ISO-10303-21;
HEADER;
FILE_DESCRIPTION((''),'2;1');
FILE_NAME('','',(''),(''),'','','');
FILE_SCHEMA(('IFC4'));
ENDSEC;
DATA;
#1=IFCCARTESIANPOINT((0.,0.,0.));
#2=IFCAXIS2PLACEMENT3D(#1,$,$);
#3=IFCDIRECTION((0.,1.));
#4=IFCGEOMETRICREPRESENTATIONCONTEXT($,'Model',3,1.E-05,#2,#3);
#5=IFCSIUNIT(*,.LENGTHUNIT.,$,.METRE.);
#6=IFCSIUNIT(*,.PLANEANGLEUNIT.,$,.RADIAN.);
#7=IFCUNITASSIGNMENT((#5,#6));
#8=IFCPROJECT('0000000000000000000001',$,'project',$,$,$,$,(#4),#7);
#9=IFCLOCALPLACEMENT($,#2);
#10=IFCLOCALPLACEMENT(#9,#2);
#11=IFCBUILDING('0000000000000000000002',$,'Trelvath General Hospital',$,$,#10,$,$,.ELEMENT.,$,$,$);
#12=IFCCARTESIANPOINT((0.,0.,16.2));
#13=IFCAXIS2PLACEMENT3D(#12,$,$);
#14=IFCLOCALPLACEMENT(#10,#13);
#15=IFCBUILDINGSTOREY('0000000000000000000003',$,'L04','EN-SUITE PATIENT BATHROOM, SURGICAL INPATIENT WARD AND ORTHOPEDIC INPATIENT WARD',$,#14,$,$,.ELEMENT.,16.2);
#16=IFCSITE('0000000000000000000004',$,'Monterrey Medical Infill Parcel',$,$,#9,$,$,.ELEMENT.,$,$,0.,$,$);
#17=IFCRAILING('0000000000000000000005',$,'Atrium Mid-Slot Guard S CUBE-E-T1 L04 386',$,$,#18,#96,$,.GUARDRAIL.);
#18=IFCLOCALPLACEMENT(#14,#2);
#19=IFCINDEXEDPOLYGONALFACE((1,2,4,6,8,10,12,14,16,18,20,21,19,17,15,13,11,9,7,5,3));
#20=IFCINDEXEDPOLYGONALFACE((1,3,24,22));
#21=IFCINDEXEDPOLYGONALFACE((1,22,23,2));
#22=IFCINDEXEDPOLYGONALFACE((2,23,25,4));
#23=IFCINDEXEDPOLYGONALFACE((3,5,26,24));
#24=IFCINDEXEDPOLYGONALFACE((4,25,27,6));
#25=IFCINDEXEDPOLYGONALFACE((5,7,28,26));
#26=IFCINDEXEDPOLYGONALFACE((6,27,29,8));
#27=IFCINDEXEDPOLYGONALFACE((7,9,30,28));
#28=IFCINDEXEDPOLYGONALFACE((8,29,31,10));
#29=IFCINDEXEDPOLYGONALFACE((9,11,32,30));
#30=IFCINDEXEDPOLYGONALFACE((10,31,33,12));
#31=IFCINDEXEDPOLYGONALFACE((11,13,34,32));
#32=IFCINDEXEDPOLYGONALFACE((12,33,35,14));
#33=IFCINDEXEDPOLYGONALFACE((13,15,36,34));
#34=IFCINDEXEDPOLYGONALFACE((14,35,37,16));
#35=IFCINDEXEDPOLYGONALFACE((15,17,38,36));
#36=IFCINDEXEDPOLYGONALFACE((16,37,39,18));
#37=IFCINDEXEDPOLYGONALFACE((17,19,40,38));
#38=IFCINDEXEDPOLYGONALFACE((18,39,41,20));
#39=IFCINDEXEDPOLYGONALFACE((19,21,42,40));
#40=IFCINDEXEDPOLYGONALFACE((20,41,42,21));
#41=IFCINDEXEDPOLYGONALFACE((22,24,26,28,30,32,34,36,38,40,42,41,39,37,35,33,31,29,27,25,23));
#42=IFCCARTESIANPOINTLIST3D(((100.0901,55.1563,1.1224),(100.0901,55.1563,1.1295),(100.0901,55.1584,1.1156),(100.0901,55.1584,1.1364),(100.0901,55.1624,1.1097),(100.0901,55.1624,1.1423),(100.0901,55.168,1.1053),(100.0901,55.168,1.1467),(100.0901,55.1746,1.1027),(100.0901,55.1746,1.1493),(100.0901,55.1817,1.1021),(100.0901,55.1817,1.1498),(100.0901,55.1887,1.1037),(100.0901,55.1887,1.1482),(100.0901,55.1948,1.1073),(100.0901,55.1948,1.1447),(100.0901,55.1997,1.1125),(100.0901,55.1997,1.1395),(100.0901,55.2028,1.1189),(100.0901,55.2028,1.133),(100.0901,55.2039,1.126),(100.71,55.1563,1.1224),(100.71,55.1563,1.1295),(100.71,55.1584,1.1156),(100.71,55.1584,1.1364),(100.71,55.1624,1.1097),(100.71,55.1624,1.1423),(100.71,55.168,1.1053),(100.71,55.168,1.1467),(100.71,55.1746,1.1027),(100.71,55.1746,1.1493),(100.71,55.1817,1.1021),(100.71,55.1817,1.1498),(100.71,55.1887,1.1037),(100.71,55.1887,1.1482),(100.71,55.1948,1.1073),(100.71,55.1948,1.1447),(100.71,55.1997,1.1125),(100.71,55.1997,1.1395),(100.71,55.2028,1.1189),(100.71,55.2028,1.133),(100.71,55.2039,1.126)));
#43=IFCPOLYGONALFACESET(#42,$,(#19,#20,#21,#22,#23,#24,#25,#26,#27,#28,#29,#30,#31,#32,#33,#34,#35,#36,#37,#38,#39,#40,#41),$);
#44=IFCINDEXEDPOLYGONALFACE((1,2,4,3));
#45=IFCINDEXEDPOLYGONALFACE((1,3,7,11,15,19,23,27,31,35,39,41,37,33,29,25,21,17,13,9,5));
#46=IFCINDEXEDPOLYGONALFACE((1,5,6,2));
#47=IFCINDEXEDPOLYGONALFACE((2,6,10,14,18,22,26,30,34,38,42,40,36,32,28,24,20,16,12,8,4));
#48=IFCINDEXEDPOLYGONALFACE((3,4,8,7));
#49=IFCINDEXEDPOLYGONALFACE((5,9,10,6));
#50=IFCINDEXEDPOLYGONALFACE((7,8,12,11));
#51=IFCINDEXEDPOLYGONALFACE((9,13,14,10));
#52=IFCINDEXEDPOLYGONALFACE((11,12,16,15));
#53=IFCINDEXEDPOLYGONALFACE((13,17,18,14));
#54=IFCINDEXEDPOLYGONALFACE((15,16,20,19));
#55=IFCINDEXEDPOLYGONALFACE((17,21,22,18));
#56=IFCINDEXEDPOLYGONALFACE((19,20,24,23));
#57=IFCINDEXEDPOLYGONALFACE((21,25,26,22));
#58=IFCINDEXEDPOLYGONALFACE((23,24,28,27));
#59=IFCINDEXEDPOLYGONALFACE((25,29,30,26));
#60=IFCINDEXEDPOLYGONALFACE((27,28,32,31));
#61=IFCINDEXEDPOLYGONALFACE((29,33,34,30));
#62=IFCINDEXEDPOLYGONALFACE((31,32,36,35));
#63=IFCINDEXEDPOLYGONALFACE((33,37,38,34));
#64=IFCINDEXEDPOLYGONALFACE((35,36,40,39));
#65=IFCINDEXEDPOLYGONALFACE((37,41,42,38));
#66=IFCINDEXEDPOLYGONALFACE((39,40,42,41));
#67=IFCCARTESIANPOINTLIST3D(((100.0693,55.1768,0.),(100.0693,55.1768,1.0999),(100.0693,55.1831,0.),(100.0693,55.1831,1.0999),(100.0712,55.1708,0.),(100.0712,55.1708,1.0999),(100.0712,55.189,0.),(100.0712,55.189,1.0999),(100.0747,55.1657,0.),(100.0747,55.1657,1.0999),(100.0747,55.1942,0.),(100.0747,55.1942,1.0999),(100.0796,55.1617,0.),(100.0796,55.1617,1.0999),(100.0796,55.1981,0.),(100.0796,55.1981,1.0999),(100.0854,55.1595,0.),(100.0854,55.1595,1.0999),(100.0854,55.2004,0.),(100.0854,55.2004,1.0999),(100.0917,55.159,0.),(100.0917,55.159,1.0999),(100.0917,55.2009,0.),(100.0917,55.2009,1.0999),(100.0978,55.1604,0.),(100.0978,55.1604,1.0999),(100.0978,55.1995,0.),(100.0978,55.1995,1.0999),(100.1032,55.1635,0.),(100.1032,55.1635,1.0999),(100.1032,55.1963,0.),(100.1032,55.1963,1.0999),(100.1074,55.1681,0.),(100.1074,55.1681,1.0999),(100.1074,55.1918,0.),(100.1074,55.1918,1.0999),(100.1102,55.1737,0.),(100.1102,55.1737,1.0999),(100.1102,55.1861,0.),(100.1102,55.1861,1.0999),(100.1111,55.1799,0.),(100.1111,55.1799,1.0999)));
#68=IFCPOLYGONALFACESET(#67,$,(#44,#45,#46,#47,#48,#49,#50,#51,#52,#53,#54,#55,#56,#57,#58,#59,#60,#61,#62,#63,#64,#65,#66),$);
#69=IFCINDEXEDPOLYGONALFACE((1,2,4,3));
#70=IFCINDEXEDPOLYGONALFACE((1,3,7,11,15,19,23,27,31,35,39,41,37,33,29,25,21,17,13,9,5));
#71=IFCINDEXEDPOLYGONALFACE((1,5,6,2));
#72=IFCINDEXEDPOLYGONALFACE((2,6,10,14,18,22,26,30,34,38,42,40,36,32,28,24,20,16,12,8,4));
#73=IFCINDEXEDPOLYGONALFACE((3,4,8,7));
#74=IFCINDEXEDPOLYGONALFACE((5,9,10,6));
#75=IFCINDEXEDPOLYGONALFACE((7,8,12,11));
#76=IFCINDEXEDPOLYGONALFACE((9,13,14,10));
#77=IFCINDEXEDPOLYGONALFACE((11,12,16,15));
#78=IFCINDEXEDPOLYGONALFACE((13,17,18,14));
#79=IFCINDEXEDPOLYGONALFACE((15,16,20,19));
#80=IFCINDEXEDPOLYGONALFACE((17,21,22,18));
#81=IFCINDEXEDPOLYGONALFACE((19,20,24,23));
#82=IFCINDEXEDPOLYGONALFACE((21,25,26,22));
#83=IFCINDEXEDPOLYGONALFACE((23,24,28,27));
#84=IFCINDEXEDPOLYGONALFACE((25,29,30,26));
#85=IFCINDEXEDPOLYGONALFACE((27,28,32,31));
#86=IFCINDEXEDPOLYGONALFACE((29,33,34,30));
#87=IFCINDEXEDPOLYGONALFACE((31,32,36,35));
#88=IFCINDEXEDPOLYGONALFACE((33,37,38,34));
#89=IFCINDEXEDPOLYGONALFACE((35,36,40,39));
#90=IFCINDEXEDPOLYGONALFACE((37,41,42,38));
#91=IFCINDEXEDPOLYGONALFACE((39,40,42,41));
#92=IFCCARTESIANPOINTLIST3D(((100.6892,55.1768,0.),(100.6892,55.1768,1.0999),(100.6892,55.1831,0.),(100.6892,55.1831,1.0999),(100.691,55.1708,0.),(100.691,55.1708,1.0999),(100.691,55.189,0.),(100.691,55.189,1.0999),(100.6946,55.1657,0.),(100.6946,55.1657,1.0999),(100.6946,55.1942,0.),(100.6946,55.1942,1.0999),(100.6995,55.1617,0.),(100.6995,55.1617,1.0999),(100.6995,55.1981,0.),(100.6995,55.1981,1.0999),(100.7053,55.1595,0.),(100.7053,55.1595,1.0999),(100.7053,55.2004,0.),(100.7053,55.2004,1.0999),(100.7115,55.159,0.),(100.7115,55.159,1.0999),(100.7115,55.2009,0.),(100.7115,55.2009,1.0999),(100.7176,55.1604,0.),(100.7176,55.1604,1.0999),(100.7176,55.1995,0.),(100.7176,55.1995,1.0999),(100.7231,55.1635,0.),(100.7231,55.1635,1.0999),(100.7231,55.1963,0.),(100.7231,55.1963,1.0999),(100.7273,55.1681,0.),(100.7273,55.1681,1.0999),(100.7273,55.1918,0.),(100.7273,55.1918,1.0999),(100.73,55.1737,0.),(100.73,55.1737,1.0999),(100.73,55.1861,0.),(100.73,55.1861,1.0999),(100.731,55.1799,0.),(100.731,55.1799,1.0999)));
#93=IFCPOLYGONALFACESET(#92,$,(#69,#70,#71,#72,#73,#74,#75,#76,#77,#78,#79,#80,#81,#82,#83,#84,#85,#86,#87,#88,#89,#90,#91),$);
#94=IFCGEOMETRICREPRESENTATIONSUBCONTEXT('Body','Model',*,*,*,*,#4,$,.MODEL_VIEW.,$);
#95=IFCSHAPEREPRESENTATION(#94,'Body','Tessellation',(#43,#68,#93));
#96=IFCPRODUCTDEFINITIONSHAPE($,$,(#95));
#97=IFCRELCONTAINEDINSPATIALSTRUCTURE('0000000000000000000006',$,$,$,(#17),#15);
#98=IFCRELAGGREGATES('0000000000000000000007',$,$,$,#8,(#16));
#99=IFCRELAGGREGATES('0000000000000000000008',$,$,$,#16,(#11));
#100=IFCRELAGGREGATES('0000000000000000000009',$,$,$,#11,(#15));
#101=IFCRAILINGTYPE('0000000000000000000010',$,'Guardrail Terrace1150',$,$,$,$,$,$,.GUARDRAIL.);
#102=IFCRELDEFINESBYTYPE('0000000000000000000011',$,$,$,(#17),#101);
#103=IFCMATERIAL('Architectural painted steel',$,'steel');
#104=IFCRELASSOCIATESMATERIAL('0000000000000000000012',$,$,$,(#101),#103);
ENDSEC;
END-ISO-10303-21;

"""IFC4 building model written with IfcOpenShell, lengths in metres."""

from ifc_helpers import new_model, si_unit, direction, frame, origin, origin_2d, place, context, subcontext, project, spatial, circle, extrude, material, type_object, element, save


model = new_model("IFC4")

# Units and contexts
model_context = context("Model", 3, precision=1e-05, world=origin(), true_north=direction((0.0, 1.0)))
body_context = subcontext(model_context, "Body", "Model", "MODEL_VIEW")
ifc_project = project(units=[si_unit("LENGTHUNIT", "METRE"), si_unit("PLANEANGLEUNIT", "RADIAN")], contexts=[model_context])

# Site, building, storey
site_placement = place(None, origin())
site = spatial("IfcSite", under=ifc_project, at=site_placement, Name="Monterrey Medical Infill Parcel", CompositionType="ELEMENT", RefElevation=0.0)
building_placement = place(site_placement, origin())
building = spatial("IfcBuilding", under=site, at=building_placement, Name="Trelvath General Hospital", CompositionType="ELEMENT")
storey_placement = place(building_placement, frame((0.0, 0.0, 16.2)))
storey = spatial("IfcBuildingStorey", under=building, at=storey_placement, Name="L04", Description="EN-SUITE PATIENT BATHROOM, SURGICAL INPATIENT WARD AND ORTHOPEDIC INPATIENT WARD", CompositionType="ELEMENT", Elevation=16.2)

# Railing
ifc_material_1 = material(Name="Architectural painted steel", Category="steel")
railing_type = type_object("IfcRailingType", Name="Guardrail Terrace1150", PredefinedType="GUARDRAIL", material=ifc_material_1)
railing_placement = place(storey_placement, frame((100.0901, 55.1799, 0.0)))
element("IfcRailing", 1, at=railing_placement, inside=storey, type_object=railing_type, Name="Atrium Mid-Slot Guard S CUBE-E-T1 L04 386", PredefinedType="GUARDRAIL", context=body_context, shape_type="SweptSolid", body=[
    extrude(circle(Radius=0.0239, at=origin_2d()), frame((0.0, 0.0, 1.126), z_axis=(1.0, 0.0, 0.0), x_axis=(0.0, 1.0, 0.0)), (0.0, 0.0, 1.0), 0.6199),
    extrude(circle(Radius=0.021, at=origin_2d()), origin(), (0.0, 0.0, 1.0), 1.0999),
    extrude(circle(Radius=0.021, at=origin_2d()), frame((0.6199, 0.0, 0.0)), (0.0, 0.0, 1.0), 1.0999),
])

save(model, "model.ifc")
